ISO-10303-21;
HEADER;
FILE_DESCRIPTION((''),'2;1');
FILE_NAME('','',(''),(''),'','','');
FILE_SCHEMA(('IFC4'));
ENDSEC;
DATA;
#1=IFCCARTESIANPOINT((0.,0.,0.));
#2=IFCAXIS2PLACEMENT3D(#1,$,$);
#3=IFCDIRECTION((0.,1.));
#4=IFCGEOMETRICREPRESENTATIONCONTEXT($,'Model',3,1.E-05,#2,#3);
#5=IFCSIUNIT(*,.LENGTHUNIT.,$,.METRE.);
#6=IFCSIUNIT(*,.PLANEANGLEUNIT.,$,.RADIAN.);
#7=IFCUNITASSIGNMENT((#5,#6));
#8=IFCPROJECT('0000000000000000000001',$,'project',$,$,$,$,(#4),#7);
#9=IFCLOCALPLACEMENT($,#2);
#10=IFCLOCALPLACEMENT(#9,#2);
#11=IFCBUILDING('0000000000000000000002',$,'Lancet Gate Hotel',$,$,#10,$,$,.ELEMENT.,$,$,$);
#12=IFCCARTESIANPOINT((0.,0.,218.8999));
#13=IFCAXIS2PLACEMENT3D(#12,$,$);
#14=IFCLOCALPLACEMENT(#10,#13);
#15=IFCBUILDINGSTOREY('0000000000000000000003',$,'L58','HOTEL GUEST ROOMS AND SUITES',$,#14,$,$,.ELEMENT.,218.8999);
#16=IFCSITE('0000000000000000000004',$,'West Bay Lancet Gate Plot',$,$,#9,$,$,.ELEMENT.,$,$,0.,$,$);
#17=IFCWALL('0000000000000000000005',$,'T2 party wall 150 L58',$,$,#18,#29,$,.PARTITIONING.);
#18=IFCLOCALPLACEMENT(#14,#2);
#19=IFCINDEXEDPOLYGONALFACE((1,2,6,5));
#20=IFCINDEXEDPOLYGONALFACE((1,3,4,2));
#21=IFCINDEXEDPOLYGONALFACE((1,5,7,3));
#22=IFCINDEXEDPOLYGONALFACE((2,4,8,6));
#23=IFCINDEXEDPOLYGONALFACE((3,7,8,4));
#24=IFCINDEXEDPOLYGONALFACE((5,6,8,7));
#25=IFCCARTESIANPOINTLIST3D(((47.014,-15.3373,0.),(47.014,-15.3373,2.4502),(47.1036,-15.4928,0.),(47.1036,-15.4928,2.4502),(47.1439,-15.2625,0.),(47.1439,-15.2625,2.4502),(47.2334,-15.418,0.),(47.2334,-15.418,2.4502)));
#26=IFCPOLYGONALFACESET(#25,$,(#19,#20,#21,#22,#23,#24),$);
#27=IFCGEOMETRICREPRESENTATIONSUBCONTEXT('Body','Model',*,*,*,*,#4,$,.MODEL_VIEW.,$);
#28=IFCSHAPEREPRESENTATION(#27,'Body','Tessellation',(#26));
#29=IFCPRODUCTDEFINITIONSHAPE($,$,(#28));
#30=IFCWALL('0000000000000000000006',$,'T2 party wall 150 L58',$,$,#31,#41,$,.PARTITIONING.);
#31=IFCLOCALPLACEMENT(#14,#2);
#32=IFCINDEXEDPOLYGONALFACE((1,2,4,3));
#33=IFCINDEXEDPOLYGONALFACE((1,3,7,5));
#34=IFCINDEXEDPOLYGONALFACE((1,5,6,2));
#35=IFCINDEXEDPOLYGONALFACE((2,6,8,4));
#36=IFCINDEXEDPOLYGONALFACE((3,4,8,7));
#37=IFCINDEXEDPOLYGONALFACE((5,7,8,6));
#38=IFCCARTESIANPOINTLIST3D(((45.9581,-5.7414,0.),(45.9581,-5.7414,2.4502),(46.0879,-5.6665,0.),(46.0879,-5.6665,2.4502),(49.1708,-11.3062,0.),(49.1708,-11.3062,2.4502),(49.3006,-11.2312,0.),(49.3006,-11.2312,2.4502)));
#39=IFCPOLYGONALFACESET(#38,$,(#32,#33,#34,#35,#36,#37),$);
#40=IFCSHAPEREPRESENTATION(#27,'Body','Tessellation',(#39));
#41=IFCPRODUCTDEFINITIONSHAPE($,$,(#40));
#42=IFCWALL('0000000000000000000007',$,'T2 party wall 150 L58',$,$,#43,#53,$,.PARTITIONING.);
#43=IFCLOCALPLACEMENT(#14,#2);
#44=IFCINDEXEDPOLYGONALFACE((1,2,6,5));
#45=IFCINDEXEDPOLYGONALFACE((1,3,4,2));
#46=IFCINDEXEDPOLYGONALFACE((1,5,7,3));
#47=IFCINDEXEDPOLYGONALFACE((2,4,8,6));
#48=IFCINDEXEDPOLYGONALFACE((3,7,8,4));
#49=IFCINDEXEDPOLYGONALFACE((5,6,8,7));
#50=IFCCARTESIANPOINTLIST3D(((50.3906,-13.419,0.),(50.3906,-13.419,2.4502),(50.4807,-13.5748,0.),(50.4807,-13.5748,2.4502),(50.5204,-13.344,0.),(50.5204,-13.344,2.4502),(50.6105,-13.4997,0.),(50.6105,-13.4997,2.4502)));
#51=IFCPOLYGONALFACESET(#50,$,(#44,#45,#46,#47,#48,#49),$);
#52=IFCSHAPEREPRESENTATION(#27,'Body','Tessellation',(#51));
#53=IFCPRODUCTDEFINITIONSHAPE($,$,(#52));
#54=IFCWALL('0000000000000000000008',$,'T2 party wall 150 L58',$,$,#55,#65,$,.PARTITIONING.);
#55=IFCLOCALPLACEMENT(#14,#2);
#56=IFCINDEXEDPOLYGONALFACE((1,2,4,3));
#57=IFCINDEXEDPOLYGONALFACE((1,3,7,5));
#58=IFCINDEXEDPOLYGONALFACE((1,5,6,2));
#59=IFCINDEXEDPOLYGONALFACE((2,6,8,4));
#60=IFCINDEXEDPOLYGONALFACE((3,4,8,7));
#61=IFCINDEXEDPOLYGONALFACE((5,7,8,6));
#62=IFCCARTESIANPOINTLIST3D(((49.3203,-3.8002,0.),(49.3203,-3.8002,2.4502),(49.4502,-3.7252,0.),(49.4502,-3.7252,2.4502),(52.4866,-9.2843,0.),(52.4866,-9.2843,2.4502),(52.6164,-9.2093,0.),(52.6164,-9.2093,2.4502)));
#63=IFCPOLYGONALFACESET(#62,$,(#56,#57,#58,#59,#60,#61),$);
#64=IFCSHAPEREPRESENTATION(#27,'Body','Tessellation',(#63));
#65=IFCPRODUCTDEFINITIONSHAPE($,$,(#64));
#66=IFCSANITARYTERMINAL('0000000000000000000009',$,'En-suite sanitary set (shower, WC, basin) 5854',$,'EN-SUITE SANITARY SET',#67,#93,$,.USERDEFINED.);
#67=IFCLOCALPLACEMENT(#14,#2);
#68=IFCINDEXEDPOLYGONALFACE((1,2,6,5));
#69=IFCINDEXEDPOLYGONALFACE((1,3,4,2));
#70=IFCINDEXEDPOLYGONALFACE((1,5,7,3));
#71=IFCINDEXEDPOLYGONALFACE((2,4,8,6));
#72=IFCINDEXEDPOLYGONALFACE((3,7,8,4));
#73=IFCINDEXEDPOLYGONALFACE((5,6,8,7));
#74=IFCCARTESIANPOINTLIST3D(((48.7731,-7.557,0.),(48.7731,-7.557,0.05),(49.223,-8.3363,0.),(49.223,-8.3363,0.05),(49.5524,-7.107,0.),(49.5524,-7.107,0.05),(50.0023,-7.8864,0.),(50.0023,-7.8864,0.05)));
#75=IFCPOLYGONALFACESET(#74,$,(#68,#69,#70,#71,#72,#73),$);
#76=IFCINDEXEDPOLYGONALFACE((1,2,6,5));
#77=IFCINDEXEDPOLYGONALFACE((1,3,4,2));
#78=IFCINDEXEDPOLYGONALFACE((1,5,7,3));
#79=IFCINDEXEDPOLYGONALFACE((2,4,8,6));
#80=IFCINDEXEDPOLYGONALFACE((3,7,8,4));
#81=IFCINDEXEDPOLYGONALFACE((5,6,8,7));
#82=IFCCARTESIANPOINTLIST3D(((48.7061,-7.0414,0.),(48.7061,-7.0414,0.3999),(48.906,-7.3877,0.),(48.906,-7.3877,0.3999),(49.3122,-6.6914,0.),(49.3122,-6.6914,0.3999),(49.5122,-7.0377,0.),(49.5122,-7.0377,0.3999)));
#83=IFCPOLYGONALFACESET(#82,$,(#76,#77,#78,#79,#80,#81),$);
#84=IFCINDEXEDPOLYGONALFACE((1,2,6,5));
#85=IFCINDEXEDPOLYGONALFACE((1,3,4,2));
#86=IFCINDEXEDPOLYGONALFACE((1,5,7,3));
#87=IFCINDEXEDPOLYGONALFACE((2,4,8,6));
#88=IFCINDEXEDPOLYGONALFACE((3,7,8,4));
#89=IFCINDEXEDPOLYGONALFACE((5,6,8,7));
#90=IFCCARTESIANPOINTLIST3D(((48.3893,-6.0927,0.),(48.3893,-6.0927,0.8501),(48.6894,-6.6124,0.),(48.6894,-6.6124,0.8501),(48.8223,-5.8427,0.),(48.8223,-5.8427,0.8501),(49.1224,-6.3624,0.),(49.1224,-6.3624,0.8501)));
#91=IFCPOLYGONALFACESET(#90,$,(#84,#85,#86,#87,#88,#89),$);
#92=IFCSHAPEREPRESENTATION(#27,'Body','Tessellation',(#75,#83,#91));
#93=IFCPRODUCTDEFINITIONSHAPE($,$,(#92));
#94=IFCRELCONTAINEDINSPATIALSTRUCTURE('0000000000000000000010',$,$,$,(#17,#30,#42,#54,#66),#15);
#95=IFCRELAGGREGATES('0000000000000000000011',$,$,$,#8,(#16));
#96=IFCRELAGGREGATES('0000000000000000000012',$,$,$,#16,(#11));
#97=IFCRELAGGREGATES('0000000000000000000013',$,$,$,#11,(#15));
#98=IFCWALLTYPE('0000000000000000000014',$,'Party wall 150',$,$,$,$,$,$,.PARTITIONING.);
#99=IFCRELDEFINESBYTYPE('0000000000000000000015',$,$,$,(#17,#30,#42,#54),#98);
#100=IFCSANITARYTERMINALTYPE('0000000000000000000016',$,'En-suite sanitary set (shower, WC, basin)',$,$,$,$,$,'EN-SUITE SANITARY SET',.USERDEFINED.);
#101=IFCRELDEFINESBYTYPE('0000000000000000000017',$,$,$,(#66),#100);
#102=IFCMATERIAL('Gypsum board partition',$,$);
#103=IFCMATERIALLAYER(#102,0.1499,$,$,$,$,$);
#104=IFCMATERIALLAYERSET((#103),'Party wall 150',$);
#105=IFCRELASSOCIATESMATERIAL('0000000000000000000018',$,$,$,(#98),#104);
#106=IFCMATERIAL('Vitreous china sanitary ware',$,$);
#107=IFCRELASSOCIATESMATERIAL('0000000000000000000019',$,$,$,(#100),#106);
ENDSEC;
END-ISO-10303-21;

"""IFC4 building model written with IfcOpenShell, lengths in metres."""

from ifc_helpers import new_model, si_unit, direction, frame, frame_2d, origin, origin_2d, place, context, subcontext, project, spatial, rectangle, extrude, material, layer, layer_set, type_object, element, save


model = new_model("IFC4")

# Units and contexts
model_context = context("Model", 3, precision=1e-05, world=origin(), true_north=direction((0.0, 1.0)))
body_context = subcontext(model_context, "Body", "Model", "MODEL_VIEW")
ifc_project = project(units=[si_unit("LENGTHUNIT", "METRE"), si_unit("PLANEANGLEUNIT", "RADIAN")], contexts=[model_context])

# Site, building, storey
site_placement = place(None, origin())
site = spatial("IfcSite", under=ifc_project, at=site_placement, Name="West Bay Lancet Gate Plot", CompositionType="ELEMENT", RefElevation=0.0)
building_placement = place(site_placement, origin())
building = spatial("IfcBuilding", under=site, at=building_placement, Name="Lancet Gate Hotel", CompositionType="ELEMENT")
storey_placement = place(building_placement, frame((0.0, 0.0, 218.8999)))
storey = spatial("IfcBuildingStorey", under=building, at=storey_placement, Name="L58", Description="HOTEL GUEST ROOMS AND SUITES", CompositionType="ELEMENT", Elevation=218.8999)

# Walls
ifc_material_1 = material(Name="Gypsum board partition")
ifc_layer_1 = layer(ifc_material_1, 0.1499)
ifc_layer_set_1 = layer_set([ifc_layer_1], Name="Party wall 150")
wall_type_1 = type_object("IfcWallType", Name="Party wall 150", PredefinedType="PARTITIONING", material=ifc_layer_set_1)
wall_1_placement = place(storey_placement, frame((47.0789, -15.2998, 0.0), z_axis=(0.0, 0.0, 1.0), x_axis=(0.499212, -0.86648, 0.0)))
element("IfcWall", 1, at=wall_1_placement, inside=storey, type_object=wall_type_1, Name="T2 party wall 150 L58", PredefinedType="PARTITIONING", context=body_context, shape_type="SweptSolid", body=[
    extrude(rectangle(XDim=0.1794, YDim=0.1499, at=frame_2d((0.0898, 0.0))), origin(), (0.0, 0.0, 1.0), 2.4502),
])
wall_2_placement = place(storey_placement, frame((46.0229, -5.7039, 0.0), z_axis=(0.0, 0.0, 1.0), x_axis=(0.499984, -0.866034, 0.0)))
element("IfcWall", 2, at=wall_2_placement, inside=storey, type_object=wall_type_1, Name="T2 party wall 150 L58", PredefinedType="PARTITIONING", context=body_context, shape_type="SweptSolid", body=[
    extrude(rectangle(XDim=6.4255, YDim=0.1499, at=frame_2d((3.2129, 0.0))), origin(), (0.0, 0.0, 1.0), 2.4502),
])
wall_3_placement = place(storey_placement, frame((50.4556, -13.3816, 0.0), z_axis=(0.0, 0.0, 1.0), x_axis=(0.500662, -0.865643, 0.0)))
element("IfcWall", 3, at=wall_3_placement, inside=storey, type_object=wall_type_1, Name="T2 party wall 150 L58", PredefinedType="PARTITIONING", context=body_context, shape_type="SweptSolid", body=[
    extrude(rectangle(XDim=0.1799, YDim=0.1499, at=frame_2d((0.0898, 0.0))), origin(), (0.0, 0.0, 1.0), 2.4502),
])
wall_4_placement = place(storey_placement, frame((49.3853, -3.7627, 0.0), z_axis=(0.0, 0.0, 1.0), x_axis=(0.499999, -0.866026, 0.0)))
element("IfcWall", 4, at=wall_4_placement, inside=storey, type_object=wall_type_1, Name="T2 party wall 150 L58", PredefinedType="PARTITIONING", context=body_context, shape_type="SweptSolid", body=[
    extrude(rectangle(XDim=6.3325, YDim=0.1499, at=frame_2d((3.1663, 0.0))), origin(), (0.0, 0.0, 1.0), 2.4502),
])

# Sanitary terminal
ifc_material_2 = material(Name="Vitreous china sanitary ware")
sanitary_terminal_type = type_object("IfcSanitaryTerminalType", Name="En-suite sanitary set (shower, WC, basin)", ElementType="EN-SUITE SANITARY SET", PredefinedType="USERDEFINED", material=ifc_material_2)
sanitary_terminal_placement = place(storey_placement, frame((49.3877, -7.7217, 0.0), z_axis=(0.0, 0.0, 1.0), x_axis=(1.0, 0.0, 0.0)))
element("IfcSanitaryTerminal", 5, at=sanitary_terminal_placement, inside=storey, type_object=sanitary_terminal_type, Name="En-suite sanitary set (shower, WC, basin) 5854", ObjectType="EN-SUITE SANITARY SET", PredefinedType="USERDEFINED", context=body_context, shape_type="SweptSolid", body=[
    extrude(rectangle(XDim=0.8999, YDim=0.8999, at=origin_2d()), frame((0.0, 0.0, 0.0), z_axis=(0.0, 0.0, 1.0), x_axis=(0.5, -0.866025, 0.0)), (0.0, 0.0, 1.0), 0.05),
    extrude(rectangle(XDim=0.3999, YDim=0.7, at=origin_2d()), frame((-0.2786, 0.6821, 0.0), z_axis=(0.0, 0.0, 1.0), x_axis=(0.5, -0.866025, 0.0)), (0.0, 0.0, 1.0), 0.3999),
    extrude(rectangle(XDim=0.6001, YDim=0.5, at=origin_2d()), frame((-0.6318, 1.4941, 0.0), z_axis=(0.0, 0.0, 1.0), x_axis=(0.5, -0.866025, 0.0)), (0.0, 0.0, 1.0), 0.8501),
])

save(model, "model.ifc")
